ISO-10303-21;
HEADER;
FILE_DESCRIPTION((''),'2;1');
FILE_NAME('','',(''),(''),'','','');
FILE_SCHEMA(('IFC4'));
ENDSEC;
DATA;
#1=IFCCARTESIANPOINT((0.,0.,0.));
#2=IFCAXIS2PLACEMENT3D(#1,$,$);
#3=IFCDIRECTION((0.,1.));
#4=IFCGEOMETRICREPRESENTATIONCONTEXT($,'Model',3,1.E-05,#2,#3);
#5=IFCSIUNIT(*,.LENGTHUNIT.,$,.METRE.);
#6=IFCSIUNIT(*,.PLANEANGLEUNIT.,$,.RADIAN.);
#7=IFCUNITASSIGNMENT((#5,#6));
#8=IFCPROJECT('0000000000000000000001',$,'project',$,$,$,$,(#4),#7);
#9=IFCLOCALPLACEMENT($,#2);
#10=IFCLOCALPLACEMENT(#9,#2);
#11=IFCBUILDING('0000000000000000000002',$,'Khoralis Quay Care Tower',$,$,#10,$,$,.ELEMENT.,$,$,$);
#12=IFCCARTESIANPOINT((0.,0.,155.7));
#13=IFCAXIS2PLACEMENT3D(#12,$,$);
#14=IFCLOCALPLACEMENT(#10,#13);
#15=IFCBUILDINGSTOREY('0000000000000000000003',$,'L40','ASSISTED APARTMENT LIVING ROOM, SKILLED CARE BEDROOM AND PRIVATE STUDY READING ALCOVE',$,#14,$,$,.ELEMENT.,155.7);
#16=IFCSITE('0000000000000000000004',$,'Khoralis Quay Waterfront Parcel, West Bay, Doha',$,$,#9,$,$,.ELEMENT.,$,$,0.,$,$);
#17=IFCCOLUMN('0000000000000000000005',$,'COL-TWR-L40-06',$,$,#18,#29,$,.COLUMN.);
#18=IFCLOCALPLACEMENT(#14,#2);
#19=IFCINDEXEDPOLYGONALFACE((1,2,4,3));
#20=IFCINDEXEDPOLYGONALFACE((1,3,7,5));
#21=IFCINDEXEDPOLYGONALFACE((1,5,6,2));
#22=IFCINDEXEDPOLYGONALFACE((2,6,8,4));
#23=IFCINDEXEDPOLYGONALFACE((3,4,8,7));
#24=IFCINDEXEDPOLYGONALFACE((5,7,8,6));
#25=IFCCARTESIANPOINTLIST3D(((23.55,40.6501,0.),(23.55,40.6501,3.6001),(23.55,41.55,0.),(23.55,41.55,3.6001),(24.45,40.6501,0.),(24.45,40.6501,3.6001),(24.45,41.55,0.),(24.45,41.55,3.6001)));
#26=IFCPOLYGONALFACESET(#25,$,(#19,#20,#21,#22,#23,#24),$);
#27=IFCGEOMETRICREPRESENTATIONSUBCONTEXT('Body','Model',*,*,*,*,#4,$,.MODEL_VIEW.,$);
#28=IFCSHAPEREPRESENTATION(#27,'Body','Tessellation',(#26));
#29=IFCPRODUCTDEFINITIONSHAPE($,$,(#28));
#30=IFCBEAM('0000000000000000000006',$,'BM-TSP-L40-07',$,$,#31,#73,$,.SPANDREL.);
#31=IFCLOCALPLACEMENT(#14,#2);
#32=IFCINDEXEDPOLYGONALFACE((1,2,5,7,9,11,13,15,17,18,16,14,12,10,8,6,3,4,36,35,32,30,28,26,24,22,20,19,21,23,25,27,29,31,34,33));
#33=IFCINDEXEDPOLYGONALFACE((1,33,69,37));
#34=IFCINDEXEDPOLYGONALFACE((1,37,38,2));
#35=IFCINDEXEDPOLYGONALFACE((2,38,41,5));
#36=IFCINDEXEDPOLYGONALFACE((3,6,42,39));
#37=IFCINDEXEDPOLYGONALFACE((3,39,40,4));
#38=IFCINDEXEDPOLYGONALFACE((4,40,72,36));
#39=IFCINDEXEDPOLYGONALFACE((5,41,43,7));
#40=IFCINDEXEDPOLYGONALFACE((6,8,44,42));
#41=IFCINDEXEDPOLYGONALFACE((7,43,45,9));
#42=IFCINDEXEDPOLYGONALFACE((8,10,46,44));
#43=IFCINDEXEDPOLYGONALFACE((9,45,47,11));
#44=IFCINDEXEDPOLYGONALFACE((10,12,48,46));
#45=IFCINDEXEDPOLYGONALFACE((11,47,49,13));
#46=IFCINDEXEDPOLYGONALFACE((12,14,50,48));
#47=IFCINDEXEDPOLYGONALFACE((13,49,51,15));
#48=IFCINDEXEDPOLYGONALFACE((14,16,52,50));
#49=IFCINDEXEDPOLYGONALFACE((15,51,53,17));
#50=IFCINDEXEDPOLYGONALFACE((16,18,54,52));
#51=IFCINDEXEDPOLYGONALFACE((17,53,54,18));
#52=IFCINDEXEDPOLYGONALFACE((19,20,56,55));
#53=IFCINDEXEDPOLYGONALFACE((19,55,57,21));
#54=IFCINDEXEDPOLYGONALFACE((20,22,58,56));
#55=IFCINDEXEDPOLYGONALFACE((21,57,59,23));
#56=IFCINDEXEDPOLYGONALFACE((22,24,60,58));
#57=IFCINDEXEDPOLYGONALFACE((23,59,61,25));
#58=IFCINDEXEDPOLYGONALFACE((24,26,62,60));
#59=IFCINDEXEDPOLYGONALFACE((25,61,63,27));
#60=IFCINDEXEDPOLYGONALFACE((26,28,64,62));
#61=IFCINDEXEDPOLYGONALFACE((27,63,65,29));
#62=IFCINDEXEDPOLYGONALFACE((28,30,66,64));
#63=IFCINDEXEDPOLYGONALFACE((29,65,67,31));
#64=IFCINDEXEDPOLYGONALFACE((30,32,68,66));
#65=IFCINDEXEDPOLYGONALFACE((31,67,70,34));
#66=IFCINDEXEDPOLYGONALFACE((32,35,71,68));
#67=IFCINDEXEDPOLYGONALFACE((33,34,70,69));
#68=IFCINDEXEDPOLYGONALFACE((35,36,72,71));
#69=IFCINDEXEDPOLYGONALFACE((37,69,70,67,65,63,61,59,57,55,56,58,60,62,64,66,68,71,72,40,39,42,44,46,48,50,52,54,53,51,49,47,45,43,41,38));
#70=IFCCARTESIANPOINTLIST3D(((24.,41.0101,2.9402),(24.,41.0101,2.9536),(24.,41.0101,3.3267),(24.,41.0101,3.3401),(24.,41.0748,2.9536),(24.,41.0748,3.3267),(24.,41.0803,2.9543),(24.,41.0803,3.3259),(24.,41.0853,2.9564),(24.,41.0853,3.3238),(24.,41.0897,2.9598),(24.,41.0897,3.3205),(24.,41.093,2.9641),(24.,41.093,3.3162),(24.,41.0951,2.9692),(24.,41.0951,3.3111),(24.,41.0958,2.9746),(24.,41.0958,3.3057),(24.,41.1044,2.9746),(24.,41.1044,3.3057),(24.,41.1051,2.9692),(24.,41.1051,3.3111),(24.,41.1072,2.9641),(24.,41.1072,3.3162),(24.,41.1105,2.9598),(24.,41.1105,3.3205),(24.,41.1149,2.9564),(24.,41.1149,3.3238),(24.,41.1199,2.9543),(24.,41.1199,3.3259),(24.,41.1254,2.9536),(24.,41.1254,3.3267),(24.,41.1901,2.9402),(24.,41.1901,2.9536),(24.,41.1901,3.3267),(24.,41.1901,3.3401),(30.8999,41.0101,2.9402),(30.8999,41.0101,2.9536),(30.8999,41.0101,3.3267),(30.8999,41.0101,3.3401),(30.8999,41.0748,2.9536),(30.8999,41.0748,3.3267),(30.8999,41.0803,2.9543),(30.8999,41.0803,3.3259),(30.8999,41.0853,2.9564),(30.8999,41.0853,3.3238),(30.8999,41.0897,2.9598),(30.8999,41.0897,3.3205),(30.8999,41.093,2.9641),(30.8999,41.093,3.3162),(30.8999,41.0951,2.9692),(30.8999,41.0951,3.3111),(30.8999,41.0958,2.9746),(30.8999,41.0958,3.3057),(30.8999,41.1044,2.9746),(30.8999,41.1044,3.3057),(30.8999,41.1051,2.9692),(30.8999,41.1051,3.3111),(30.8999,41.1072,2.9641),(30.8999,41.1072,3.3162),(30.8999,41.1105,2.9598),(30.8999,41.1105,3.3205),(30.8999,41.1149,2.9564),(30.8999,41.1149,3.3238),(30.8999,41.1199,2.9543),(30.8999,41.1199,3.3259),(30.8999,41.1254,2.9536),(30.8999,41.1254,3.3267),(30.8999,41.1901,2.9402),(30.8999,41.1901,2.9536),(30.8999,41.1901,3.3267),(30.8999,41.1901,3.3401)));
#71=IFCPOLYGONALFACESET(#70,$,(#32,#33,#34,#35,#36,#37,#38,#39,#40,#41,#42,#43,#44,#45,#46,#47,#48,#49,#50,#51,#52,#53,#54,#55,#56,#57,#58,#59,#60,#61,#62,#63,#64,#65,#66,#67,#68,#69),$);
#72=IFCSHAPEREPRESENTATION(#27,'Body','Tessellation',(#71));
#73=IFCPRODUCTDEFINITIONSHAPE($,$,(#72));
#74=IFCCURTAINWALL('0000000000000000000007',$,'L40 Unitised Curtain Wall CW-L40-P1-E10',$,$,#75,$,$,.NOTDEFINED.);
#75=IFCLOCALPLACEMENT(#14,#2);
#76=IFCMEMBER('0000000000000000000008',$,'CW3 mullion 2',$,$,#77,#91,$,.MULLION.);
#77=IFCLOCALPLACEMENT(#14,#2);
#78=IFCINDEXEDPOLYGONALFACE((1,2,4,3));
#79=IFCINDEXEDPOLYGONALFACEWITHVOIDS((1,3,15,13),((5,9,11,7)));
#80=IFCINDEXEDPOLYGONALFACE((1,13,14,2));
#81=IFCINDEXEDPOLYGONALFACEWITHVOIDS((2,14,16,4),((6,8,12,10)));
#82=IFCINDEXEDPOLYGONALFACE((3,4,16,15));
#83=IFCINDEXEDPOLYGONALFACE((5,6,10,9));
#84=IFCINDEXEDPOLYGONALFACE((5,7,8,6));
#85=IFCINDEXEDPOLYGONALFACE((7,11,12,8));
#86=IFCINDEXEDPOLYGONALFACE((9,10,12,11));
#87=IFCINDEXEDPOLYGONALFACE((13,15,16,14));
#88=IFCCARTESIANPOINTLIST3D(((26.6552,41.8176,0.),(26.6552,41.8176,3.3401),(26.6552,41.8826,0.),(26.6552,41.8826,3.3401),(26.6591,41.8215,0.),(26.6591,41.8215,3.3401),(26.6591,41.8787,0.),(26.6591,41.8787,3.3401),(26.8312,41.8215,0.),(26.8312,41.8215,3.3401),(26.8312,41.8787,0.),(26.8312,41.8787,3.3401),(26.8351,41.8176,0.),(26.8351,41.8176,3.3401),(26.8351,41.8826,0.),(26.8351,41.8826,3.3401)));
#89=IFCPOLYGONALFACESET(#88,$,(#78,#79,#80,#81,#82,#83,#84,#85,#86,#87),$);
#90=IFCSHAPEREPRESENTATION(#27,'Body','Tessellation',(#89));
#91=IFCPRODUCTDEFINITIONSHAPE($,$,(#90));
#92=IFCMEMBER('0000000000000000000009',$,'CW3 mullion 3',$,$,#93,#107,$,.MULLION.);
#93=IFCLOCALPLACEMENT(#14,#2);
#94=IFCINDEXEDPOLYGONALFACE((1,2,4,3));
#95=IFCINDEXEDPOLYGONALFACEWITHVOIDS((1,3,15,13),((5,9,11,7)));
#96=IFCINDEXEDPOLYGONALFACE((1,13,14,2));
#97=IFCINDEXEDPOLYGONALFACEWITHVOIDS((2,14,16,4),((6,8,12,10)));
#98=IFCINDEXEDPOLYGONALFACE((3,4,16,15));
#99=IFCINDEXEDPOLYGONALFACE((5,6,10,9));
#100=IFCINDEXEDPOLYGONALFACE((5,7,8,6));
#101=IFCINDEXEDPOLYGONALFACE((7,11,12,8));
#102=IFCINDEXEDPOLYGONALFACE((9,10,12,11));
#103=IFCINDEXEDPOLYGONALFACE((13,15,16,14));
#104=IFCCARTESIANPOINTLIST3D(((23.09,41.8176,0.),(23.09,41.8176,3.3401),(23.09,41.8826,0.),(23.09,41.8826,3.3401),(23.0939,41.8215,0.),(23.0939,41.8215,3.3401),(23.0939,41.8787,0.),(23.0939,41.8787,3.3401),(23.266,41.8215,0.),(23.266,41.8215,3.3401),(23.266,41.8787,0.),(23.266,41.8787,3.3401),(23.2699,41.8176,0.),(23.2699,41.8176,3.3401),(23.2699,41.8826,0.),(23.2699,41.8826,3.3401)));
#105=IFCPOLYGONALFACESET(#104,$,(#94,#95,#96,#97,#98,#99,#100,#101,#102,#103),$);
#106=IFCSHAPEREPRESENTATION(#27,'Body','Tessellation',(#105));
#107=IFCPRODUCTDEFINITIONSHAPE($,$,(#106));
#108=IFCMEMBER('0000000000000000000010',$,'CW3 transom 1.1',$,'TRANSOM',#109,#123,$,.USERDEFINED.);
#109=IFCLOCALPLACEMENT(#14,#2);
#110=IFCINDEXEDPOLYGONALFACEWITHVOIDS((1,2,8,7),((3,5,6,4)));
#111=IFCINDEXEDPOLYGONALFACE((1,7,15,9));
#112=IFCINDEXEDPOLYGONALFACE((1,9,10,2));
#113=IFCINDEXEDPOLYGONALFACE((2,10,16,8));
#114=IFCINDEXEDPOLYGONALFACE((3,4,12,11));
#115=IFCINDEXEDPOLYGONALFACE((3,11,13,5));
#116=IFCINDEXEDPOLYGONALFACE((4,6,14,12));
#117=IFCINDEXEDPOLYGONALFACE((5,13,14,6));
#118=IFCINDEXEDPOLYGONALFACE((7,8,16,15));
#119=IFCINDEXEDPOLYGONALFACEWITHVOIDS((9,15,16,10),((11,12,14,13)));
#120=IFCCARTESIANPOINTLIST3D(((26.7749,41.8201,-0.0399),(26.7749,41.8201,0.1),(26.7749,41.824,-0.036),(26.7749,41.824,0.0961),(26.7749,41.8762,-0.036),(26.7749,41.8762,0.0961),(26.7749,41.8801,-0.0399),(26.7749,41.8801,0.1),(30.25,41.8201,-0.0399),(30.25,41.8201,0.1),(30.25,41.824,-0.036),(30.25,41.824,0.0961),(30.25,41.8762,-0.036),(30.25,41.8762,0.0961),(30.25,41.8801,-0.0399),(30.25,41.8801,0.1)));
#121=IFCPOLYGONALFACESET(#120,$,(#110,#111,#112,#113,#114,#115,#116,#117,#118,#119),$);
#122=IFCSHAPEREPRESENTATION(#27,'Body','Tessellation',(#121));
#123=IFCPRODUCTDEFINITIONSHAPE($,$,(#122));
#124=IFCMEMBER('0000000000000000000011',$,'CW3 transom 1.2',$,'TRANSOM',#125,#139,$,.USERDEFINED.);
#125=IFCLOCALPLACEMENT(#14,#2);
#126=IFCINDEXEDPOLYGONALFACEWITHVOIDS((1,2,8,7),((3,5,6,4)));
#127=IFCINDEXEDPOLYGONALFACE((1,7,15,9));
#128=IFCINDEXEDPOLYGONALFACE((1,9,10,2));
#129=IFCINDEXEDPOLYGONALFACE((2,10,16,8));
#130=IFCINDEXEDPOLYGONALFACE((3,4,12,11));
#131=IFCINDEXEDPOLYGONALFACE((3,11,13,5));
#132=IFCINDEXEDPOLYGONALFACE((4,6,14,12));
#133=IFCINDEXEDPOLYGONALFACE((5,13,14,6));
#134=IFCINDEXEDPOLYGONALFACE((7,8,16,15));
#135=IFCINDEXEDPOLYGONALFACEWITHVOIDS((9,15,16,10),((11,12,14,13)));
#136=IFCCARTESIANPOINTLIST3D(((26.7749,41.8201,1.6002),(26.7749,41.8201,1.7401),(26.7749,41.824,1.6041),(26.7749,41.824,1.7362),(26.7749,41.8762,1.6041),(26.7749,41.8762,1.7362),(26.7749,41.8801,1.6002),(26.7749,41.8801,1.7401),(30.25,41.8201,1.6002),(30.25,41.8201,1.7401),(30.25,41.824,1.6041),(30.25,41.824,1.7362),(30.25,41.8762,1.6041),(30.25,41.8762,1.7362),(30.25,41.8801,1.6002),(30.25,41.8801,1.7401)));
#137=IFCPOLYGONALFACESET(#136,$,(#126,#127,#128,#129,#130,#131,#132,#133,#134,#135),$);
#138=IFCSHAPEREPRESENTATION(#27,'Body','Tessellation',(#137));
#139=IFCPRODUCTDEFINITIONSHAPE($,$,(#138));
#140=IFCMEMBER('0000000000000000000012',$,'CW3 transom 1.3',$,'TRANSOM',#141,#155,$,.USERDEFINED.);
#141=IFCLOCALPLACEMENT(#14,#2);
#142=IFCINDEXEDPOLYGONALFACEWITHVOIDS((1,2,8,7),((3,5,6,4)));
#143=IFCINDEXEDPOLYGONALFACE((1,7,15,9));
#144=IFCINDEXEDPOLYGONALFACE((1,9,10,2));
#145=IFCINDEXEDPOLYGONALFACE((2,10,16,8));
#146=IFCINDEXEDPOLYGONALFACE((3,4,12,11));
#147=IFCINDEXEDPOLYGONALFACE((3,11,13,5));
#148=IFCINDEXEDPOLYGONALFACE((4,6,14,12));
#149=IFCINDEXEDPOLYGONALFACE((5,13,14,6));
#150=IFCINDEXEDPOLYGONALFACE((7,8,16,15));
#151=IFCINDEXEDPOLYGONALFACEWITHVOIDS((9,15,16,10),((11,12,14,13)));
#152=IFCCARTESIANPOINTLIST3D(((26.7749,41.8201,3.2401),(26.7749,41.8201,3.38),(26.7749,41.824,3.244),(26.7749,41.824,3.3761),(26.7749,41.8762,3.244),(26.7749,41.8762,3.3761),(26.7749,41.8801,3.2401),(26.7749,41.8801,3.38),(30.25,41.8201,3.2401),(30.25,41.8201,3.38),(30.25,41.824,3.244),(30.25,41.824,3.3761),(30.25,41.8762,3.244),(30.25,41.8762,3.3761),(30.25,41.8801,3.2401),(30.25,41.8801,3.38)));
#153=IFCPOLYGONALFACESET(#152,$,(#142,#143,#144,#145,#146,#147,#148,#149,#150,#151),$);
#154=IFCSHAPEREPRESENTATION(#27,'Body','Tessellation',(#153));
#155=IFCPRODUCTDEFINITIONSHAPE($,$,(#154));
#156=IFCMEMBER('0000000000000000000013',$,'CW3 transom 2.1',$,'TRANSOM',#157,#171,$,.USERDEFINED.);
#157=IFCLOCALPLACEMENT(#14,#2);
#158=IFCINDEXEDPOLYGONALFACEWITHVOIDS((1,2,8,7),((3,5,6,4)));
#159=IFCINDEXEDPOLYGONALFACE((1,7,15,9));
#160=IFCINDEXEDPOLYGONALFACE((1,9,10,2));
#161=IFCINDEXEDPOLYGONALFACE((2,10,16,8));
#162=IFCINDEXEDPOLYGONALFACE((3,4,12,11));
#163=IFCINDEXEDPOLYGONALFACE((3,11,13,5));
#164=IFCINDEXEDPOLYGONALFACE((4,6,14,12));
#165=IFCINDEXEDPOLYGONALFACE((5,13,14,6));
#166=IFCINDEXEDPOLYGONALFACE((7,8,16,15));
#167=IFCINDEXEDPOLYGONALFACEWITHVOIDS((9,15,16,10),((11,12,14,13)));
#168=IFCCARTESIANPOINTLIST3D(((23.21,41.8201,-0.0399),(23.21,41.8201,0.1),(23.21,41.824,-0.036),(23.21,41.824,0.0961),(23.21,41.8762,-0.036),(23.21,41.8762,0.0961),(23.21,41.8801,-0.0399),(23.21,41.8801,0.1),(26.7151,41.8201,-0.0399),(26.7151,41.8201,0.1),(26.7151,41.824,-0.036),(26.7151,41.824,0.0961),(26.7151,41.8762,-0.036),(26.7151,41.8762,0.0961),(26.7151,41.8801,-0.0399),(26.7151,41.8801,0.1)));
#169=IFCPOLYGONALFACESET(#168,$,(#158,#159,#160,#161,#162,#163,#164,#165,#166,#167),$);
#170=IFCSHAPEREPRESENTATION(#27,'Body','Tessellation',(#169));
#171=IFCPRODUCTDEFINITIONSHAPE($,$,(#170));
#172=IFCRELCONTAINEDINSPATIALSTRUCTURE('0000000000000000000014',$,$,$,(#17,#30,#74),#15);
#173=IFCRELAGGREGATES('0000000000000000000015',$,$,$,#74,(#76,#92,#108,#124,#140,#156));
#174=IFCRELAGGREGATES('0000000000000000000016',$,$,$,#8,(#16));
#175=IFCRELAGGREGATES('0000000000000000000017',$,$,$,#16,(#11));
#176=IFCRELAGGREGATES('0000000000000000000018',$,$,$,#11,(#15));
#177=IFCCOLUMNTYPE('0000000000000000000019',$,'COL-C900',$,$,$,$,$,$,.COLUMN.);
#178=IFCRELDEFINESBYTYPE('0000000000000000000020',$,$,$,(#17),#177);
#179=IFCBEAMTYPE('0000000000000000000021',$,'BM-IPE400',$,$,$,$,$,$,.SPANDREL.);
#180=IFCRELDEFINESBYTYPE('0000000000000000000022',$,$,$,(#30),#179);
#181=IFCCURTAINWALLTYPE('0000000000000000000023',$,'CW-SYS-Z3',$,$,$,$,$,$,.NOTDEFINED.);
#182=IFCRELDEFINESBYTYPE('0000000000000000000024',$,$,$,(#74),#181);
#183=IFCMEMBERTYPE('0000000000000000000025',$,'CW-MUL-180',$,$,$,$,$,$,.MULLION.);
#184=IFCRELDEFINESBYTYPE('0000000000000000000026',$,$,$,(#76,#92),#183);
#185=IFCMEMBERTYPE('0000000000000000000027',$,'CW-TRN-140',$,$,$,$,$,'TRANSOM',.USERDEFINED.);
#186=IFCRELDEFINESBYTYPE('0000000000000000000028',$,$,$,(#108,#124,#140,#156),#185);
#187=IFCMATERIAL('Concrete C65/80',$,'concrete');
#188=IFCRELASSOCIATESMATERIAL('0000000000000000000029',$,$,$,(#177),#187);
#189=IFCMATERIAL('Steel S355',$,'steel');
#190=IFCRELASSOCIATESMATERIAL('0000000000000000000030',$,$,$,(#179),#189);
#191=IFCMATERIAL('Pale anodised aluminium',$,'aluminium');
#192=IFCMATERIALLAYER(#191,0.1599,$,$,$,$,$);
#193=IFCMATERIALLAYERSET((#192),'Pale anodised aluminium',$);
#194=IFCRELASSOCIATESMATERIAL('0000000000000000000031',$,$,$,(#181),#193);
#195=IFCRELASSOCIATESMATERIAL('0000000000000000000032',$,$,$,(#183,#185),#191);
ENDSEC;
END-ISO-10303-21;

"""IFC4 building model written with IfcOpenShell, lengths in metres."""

from ifc_helpers import new_model, si_unit, direction, frame, origin, origin_2d, place, context, subcontext, project, spatial, rectangle, hollow_rectangle, i_section, extrude, source, transform, mapped, material, layer, layer_set, material_profile, profile_set, type_object, element, aggregate, save


model = new_model("IFC4")

# Units and contexts
model_context = context("Model", 3, precision=1e-05, world=origin(), true_north=direction((0.0, 1.0)))
body_context = subcontext(model_context, "Body", "Model", "MODEL_VIEW")
ifc_project = project(units=[si_unit("LENGTHUNIT", "METRE"), si_unit("PLANEANGLEUNIT", "RADIAN")], contexts=[model_context])

# Site, building, storey
site_placement = place(None, origin())
site = spatial("IfcSite", under=ifc_project, at=site_placement, Name="Khoralis Quay Waterfront Parcel, West Bay, Doha", CompositionType="ELEMENT", RefElevation=0.0)
building_placement = place(site_placement, origin())
building = spatial("IfcBuilding", under=site, at=building_placement, Name="Khoralis Quay Care Tower", CompositionType="ELEMENT")
storey_placement = place(building_placement, frame((0.0, 0.0, 155.7)))
storey = spatial("IfcBuildingStorey", under=building, at=storey_placement, Name="L40", Description="ASSISTED APARTMENT LIVING ROOM, SKILLED CARE BEDROOM AND PRIVATE STUDY READING ALCOVE", CompositionType="ELEMENT", Elevation=155.7)

# Column
ifc_material_1 = material(Name="Concrete C65/80", Category="concrete")
ifc_material_profile_1 = material_profile(ifc_material_1, rectangle(XDim=0.8999, YDim=0.8999, at=origin_2d()), Name="Concrete C65/80")
ifc_profile_set_1 = profile_set([ifc_material_profile_1], Name="Concrete C65/80")
column_type = type_object("IfcColumnType", Name="COL-C900", PredefinedType="COLUMN", material=ifc_profile_set_1)
shared_shape_1 = source(origin(), body_context, "Body", "SweptSolid", [
    extrude(rectangle(XDim=0.8999, YDim=0.8999, at=origin_2d()), origin(), (0.0, 0.0, 1.0), 3.6001),
])
column_placement = place(storey_placement, frame((24.0, 41.1001, 0.0), z_axis=(0.0, 0.0, 1.0), x_axis=(1.0, 0.0, 0.0)))
element("IfcColumn", 1, at=column_placement, inside=storey, type_object=column_type, Name="COL-TWR-L40-06", PredefinedType="COLUMN", context=body_context, shape_type="MappedRepresentation", body=[
    mapped(shared_shape_1, transform((0.0, 0.0, 0.0), scale=1.0)),
])

# Beam
ifc_material_2 = material(Name="Steel S355", Category="steel")
ifc_material_profile_2 = material_profile(ifc_material_2, i_section(OverallWidth=0.1799, OverallDepth=0.3999, WebThickness=0.0085, FlangeThickness=0.0134, FilletRadius=0.021, at=origin_2d()), Name="Steel S355")
ifc_profile_set_2 = profile_set([ifc_material_profile_2], Name="Steel S355")
beam_type = type_object("IfcBeamType", Name="BM-IPE400", PredefinedType="SPANDREL", material=ifc_profile_set_2)
shared_shape_2 = source(origin(), body_context, "Body", "SweptSolid", [
    extrude(i_section(OverallWidth=0.1799, OverallDepth=0.3999, WebThickness=0.0085, FlangeThickness=0.0134, FilletRadius=0.021, at=origin_2d()), origin(), (0.0, 0.0, 1.0), 6.8999),
])
beam_placement = place(storey_placement, frame((24.0, 41.1001, 3.1401), z_axis=(1.0, 0.0, 0.0), x_axis=(0.0, 1.0, 0.0)))
element("IfcBeam", 2, at=beam_placement, inside=storey, type_object=beam_type, Name="BM-TSP-L40-07", PredefinedType="SPANDREL", context=body_context, shape_type="MappedRepresentation", body=[
    mapped(shared_shape_2, transform((0.0, 0.0, 0.0), scale=1.0)),
])

# Curtain wall, members
ifc_material_3 = material(Name="Pale anodised aluminium", Category="aluminium")
ifc_layer_1 = layer(ifc_material_3, 0.1599)
ifc_layer_set_1 = layer_set([ifc_layer_1], Name="Pale anodised aluminium")
curtain_wall_type = type_object("IfcCurtainWallType", Name="CW-SYS-Z3", PredefinedType="NOTDEFINED", material=ifc_layer_set_1)
curtain_wall_placement = place(storey_placement, origin())
curtain_wall = element("IfcCurtainWall", 3, at=curtain_wall_placement, inside=storey, type_object=curtain_wall_type, Name="L40 Unitised Curtain Wall CW-L40-P1-E10", PredefinedType="NOTDEFINED")
ifc_material_profile_3 = material_profile(ifc_material_3, hollow_rectangle(XDim=0.0649, YDim=0.1799, WallThickness=0.0039, at=origin_2d()), Name="Pale anodised aluminium")
ifc_profile_set_3 = profile_set([ifc_material_profile_3], Name="Pale anodised aluminium")
member_type_1 = type_object("IfcMemberType", Name="CW-MUL-180", PredefinedType="MULLION", material=ifc_profile_set_3)
shared_shape_3 = source(origin(), body_context, "Body", "SweptSolid", [
    extrude(hollow_rectangle(XDim=0.0649, YDim=0.1799, WallThickness=0.0039, at=origin_2d()), origin(), (0.0, 0.0, 1.0), 3.3401),
])
member_1_placement = place(storey_placement, frame((26.7451, 41.8501, 0.0), z_axis=(0.0, 0.0, 1.0), x_axis=(0.0, -1.0, 0.0)))
member_1 = element("IfcMember", 4, at=member_1_placement, type_object=member_type_1, Name="CW3 mullion 2", PredefinedType="MULLION", context=body_context, shape_type="MappedRepresentation", body=[
    mapped(shared_shape_3, transform((0.0, 0.0, 0.0), scale=1.0)),
])
member_2_placement = place(storey_placement, frame((23.1799, 41.8501, 0.0), z_axis=(0.0, 0.0, 1.0), x_axis=(0.0, -1.0, 0.0)))
member_2 = element("IfcMember", 5, at=member_2_placement, type_object=member_type_1, Name="CW3 mullion 3", PredefinedType="MULLION", context=body_context, shape_type="MappedRepresentation", body=[
    mapped(shared_shape_3, transform((0.0, 0.0, 0.0), scale=1.0)),
])
ifc_material_profile_4 = material_profile(ifc_material_3, hollow_rectangle(XDim=0.0601, YDim=0.1399, WallThickness=0.0039, at=origin_2d()), Name="Pale anodised aluminium")
ifc_profile_set_4 = profile_set([ifc_material_profile_4], Name="Pale anodised aluminium")
member_type_2 = type_object("IfcMemberType", Name="CW-TRN-140", ElementType="TRANSOM", PredefinedType="USERDEFINED", material=ifc_profile_set_4)
shared_shape_4 = source(origin(), body_context, "Body", "SweptSolid", [
    extrude(hollow_rectangle(XDim=0.0601, YDim=0.1399, WallThickness=0.0039, at=origin_2d()), origin(), (0.0, 0.0, 1.0), 3.4751),
])
member_3_placement = place(storey_placement, frame((30.25, 41.8501, 0.03), z_axis=(-1.0, 0.0, 0.0), x_axis=(0.0, -1.0, 0.0)))
member_3 = element("IfcMember", 6, at=member_3_placement, type_object=member_type_2, Name="CW3 transom 1.1", ObjectType="TRANSOM", PredefinedType="USERDEFINED", context=body_context, shape_type="MappedRepresentation", body=[
    mapped(shared_shape_4, transform((0.0, 0.0, 0.0), scale=1.0)),
])
member_4_placement = place(storey_placement, frame((30.25, 41.8501, 1.6702), z_axis=(-1.0, 0.0, 0.0), x_axis=(0.0, -1.0, 0.0)))
member_4 = element("IfcMember", 7, at=member_4_placement, type_object=member_type_2, Name="CW3 transom 1.2", ObjectType="TRANSOM", PredefinedType="USERDEFINED", context=body_context, shape_type="MappedRepresentation", body=[
    mapped(shared_shape_4, transform((0.0, 0.0, 0.0), scale=1.0)),
])
member_5_placement = place(storey_placement, frame((30.25, 41.8501, 3.3101), z_axis=(-1.0, 0.0, 0.0), x_axis=(0.0, -1.0, 0.0)))
member_5 = element("IfcMember", 8, at=member_5_placement, type_object=member_type_2, Name="CW3 transom 1.3", ObjectType="TRANSOM", PredefinedType="USERDEFINED", context=body_context, shape_type="MappedRepresentation", body=[
    mapped(shared_shape_4, transform((0.0, 0.0, 0.0), scale=1.0)),
])
shared_shape_5 = source(origin(), body_context, "Body", "SweptSolid", [
    extrude(hollow_rectangle(XDim=0.0601, YDim=0.1399, WallThickness=0.0039, at=origin_2d()), origin(), (0.0, 0.0, 1.0), 3.5051),
])
member_6_placement = place(storey_placement, frame((26.7151, 41.8501, 0.03), z_axis=(-1.0, 0.0, 0.0), x_axis=(0.0, -1.0, 0.0)))
member_6 = element("IfcMember", 9, at=member_6_placement, type_object=member_type_2, Name="CW3 transom 2.1", ObjectType="TRANSOM", PredefinedType="USERDEFINED", context=body_context, shape_type="MappedRepresentation", body=[
    mapped(shared_shape_5, transform((0.0, 0.0, 0.0), scale=1.0)),
])
aggregate(curtain_wall, [member_1, member_2, member_3, member_4, member_5, member_6])

save(model, "model.ifc")
